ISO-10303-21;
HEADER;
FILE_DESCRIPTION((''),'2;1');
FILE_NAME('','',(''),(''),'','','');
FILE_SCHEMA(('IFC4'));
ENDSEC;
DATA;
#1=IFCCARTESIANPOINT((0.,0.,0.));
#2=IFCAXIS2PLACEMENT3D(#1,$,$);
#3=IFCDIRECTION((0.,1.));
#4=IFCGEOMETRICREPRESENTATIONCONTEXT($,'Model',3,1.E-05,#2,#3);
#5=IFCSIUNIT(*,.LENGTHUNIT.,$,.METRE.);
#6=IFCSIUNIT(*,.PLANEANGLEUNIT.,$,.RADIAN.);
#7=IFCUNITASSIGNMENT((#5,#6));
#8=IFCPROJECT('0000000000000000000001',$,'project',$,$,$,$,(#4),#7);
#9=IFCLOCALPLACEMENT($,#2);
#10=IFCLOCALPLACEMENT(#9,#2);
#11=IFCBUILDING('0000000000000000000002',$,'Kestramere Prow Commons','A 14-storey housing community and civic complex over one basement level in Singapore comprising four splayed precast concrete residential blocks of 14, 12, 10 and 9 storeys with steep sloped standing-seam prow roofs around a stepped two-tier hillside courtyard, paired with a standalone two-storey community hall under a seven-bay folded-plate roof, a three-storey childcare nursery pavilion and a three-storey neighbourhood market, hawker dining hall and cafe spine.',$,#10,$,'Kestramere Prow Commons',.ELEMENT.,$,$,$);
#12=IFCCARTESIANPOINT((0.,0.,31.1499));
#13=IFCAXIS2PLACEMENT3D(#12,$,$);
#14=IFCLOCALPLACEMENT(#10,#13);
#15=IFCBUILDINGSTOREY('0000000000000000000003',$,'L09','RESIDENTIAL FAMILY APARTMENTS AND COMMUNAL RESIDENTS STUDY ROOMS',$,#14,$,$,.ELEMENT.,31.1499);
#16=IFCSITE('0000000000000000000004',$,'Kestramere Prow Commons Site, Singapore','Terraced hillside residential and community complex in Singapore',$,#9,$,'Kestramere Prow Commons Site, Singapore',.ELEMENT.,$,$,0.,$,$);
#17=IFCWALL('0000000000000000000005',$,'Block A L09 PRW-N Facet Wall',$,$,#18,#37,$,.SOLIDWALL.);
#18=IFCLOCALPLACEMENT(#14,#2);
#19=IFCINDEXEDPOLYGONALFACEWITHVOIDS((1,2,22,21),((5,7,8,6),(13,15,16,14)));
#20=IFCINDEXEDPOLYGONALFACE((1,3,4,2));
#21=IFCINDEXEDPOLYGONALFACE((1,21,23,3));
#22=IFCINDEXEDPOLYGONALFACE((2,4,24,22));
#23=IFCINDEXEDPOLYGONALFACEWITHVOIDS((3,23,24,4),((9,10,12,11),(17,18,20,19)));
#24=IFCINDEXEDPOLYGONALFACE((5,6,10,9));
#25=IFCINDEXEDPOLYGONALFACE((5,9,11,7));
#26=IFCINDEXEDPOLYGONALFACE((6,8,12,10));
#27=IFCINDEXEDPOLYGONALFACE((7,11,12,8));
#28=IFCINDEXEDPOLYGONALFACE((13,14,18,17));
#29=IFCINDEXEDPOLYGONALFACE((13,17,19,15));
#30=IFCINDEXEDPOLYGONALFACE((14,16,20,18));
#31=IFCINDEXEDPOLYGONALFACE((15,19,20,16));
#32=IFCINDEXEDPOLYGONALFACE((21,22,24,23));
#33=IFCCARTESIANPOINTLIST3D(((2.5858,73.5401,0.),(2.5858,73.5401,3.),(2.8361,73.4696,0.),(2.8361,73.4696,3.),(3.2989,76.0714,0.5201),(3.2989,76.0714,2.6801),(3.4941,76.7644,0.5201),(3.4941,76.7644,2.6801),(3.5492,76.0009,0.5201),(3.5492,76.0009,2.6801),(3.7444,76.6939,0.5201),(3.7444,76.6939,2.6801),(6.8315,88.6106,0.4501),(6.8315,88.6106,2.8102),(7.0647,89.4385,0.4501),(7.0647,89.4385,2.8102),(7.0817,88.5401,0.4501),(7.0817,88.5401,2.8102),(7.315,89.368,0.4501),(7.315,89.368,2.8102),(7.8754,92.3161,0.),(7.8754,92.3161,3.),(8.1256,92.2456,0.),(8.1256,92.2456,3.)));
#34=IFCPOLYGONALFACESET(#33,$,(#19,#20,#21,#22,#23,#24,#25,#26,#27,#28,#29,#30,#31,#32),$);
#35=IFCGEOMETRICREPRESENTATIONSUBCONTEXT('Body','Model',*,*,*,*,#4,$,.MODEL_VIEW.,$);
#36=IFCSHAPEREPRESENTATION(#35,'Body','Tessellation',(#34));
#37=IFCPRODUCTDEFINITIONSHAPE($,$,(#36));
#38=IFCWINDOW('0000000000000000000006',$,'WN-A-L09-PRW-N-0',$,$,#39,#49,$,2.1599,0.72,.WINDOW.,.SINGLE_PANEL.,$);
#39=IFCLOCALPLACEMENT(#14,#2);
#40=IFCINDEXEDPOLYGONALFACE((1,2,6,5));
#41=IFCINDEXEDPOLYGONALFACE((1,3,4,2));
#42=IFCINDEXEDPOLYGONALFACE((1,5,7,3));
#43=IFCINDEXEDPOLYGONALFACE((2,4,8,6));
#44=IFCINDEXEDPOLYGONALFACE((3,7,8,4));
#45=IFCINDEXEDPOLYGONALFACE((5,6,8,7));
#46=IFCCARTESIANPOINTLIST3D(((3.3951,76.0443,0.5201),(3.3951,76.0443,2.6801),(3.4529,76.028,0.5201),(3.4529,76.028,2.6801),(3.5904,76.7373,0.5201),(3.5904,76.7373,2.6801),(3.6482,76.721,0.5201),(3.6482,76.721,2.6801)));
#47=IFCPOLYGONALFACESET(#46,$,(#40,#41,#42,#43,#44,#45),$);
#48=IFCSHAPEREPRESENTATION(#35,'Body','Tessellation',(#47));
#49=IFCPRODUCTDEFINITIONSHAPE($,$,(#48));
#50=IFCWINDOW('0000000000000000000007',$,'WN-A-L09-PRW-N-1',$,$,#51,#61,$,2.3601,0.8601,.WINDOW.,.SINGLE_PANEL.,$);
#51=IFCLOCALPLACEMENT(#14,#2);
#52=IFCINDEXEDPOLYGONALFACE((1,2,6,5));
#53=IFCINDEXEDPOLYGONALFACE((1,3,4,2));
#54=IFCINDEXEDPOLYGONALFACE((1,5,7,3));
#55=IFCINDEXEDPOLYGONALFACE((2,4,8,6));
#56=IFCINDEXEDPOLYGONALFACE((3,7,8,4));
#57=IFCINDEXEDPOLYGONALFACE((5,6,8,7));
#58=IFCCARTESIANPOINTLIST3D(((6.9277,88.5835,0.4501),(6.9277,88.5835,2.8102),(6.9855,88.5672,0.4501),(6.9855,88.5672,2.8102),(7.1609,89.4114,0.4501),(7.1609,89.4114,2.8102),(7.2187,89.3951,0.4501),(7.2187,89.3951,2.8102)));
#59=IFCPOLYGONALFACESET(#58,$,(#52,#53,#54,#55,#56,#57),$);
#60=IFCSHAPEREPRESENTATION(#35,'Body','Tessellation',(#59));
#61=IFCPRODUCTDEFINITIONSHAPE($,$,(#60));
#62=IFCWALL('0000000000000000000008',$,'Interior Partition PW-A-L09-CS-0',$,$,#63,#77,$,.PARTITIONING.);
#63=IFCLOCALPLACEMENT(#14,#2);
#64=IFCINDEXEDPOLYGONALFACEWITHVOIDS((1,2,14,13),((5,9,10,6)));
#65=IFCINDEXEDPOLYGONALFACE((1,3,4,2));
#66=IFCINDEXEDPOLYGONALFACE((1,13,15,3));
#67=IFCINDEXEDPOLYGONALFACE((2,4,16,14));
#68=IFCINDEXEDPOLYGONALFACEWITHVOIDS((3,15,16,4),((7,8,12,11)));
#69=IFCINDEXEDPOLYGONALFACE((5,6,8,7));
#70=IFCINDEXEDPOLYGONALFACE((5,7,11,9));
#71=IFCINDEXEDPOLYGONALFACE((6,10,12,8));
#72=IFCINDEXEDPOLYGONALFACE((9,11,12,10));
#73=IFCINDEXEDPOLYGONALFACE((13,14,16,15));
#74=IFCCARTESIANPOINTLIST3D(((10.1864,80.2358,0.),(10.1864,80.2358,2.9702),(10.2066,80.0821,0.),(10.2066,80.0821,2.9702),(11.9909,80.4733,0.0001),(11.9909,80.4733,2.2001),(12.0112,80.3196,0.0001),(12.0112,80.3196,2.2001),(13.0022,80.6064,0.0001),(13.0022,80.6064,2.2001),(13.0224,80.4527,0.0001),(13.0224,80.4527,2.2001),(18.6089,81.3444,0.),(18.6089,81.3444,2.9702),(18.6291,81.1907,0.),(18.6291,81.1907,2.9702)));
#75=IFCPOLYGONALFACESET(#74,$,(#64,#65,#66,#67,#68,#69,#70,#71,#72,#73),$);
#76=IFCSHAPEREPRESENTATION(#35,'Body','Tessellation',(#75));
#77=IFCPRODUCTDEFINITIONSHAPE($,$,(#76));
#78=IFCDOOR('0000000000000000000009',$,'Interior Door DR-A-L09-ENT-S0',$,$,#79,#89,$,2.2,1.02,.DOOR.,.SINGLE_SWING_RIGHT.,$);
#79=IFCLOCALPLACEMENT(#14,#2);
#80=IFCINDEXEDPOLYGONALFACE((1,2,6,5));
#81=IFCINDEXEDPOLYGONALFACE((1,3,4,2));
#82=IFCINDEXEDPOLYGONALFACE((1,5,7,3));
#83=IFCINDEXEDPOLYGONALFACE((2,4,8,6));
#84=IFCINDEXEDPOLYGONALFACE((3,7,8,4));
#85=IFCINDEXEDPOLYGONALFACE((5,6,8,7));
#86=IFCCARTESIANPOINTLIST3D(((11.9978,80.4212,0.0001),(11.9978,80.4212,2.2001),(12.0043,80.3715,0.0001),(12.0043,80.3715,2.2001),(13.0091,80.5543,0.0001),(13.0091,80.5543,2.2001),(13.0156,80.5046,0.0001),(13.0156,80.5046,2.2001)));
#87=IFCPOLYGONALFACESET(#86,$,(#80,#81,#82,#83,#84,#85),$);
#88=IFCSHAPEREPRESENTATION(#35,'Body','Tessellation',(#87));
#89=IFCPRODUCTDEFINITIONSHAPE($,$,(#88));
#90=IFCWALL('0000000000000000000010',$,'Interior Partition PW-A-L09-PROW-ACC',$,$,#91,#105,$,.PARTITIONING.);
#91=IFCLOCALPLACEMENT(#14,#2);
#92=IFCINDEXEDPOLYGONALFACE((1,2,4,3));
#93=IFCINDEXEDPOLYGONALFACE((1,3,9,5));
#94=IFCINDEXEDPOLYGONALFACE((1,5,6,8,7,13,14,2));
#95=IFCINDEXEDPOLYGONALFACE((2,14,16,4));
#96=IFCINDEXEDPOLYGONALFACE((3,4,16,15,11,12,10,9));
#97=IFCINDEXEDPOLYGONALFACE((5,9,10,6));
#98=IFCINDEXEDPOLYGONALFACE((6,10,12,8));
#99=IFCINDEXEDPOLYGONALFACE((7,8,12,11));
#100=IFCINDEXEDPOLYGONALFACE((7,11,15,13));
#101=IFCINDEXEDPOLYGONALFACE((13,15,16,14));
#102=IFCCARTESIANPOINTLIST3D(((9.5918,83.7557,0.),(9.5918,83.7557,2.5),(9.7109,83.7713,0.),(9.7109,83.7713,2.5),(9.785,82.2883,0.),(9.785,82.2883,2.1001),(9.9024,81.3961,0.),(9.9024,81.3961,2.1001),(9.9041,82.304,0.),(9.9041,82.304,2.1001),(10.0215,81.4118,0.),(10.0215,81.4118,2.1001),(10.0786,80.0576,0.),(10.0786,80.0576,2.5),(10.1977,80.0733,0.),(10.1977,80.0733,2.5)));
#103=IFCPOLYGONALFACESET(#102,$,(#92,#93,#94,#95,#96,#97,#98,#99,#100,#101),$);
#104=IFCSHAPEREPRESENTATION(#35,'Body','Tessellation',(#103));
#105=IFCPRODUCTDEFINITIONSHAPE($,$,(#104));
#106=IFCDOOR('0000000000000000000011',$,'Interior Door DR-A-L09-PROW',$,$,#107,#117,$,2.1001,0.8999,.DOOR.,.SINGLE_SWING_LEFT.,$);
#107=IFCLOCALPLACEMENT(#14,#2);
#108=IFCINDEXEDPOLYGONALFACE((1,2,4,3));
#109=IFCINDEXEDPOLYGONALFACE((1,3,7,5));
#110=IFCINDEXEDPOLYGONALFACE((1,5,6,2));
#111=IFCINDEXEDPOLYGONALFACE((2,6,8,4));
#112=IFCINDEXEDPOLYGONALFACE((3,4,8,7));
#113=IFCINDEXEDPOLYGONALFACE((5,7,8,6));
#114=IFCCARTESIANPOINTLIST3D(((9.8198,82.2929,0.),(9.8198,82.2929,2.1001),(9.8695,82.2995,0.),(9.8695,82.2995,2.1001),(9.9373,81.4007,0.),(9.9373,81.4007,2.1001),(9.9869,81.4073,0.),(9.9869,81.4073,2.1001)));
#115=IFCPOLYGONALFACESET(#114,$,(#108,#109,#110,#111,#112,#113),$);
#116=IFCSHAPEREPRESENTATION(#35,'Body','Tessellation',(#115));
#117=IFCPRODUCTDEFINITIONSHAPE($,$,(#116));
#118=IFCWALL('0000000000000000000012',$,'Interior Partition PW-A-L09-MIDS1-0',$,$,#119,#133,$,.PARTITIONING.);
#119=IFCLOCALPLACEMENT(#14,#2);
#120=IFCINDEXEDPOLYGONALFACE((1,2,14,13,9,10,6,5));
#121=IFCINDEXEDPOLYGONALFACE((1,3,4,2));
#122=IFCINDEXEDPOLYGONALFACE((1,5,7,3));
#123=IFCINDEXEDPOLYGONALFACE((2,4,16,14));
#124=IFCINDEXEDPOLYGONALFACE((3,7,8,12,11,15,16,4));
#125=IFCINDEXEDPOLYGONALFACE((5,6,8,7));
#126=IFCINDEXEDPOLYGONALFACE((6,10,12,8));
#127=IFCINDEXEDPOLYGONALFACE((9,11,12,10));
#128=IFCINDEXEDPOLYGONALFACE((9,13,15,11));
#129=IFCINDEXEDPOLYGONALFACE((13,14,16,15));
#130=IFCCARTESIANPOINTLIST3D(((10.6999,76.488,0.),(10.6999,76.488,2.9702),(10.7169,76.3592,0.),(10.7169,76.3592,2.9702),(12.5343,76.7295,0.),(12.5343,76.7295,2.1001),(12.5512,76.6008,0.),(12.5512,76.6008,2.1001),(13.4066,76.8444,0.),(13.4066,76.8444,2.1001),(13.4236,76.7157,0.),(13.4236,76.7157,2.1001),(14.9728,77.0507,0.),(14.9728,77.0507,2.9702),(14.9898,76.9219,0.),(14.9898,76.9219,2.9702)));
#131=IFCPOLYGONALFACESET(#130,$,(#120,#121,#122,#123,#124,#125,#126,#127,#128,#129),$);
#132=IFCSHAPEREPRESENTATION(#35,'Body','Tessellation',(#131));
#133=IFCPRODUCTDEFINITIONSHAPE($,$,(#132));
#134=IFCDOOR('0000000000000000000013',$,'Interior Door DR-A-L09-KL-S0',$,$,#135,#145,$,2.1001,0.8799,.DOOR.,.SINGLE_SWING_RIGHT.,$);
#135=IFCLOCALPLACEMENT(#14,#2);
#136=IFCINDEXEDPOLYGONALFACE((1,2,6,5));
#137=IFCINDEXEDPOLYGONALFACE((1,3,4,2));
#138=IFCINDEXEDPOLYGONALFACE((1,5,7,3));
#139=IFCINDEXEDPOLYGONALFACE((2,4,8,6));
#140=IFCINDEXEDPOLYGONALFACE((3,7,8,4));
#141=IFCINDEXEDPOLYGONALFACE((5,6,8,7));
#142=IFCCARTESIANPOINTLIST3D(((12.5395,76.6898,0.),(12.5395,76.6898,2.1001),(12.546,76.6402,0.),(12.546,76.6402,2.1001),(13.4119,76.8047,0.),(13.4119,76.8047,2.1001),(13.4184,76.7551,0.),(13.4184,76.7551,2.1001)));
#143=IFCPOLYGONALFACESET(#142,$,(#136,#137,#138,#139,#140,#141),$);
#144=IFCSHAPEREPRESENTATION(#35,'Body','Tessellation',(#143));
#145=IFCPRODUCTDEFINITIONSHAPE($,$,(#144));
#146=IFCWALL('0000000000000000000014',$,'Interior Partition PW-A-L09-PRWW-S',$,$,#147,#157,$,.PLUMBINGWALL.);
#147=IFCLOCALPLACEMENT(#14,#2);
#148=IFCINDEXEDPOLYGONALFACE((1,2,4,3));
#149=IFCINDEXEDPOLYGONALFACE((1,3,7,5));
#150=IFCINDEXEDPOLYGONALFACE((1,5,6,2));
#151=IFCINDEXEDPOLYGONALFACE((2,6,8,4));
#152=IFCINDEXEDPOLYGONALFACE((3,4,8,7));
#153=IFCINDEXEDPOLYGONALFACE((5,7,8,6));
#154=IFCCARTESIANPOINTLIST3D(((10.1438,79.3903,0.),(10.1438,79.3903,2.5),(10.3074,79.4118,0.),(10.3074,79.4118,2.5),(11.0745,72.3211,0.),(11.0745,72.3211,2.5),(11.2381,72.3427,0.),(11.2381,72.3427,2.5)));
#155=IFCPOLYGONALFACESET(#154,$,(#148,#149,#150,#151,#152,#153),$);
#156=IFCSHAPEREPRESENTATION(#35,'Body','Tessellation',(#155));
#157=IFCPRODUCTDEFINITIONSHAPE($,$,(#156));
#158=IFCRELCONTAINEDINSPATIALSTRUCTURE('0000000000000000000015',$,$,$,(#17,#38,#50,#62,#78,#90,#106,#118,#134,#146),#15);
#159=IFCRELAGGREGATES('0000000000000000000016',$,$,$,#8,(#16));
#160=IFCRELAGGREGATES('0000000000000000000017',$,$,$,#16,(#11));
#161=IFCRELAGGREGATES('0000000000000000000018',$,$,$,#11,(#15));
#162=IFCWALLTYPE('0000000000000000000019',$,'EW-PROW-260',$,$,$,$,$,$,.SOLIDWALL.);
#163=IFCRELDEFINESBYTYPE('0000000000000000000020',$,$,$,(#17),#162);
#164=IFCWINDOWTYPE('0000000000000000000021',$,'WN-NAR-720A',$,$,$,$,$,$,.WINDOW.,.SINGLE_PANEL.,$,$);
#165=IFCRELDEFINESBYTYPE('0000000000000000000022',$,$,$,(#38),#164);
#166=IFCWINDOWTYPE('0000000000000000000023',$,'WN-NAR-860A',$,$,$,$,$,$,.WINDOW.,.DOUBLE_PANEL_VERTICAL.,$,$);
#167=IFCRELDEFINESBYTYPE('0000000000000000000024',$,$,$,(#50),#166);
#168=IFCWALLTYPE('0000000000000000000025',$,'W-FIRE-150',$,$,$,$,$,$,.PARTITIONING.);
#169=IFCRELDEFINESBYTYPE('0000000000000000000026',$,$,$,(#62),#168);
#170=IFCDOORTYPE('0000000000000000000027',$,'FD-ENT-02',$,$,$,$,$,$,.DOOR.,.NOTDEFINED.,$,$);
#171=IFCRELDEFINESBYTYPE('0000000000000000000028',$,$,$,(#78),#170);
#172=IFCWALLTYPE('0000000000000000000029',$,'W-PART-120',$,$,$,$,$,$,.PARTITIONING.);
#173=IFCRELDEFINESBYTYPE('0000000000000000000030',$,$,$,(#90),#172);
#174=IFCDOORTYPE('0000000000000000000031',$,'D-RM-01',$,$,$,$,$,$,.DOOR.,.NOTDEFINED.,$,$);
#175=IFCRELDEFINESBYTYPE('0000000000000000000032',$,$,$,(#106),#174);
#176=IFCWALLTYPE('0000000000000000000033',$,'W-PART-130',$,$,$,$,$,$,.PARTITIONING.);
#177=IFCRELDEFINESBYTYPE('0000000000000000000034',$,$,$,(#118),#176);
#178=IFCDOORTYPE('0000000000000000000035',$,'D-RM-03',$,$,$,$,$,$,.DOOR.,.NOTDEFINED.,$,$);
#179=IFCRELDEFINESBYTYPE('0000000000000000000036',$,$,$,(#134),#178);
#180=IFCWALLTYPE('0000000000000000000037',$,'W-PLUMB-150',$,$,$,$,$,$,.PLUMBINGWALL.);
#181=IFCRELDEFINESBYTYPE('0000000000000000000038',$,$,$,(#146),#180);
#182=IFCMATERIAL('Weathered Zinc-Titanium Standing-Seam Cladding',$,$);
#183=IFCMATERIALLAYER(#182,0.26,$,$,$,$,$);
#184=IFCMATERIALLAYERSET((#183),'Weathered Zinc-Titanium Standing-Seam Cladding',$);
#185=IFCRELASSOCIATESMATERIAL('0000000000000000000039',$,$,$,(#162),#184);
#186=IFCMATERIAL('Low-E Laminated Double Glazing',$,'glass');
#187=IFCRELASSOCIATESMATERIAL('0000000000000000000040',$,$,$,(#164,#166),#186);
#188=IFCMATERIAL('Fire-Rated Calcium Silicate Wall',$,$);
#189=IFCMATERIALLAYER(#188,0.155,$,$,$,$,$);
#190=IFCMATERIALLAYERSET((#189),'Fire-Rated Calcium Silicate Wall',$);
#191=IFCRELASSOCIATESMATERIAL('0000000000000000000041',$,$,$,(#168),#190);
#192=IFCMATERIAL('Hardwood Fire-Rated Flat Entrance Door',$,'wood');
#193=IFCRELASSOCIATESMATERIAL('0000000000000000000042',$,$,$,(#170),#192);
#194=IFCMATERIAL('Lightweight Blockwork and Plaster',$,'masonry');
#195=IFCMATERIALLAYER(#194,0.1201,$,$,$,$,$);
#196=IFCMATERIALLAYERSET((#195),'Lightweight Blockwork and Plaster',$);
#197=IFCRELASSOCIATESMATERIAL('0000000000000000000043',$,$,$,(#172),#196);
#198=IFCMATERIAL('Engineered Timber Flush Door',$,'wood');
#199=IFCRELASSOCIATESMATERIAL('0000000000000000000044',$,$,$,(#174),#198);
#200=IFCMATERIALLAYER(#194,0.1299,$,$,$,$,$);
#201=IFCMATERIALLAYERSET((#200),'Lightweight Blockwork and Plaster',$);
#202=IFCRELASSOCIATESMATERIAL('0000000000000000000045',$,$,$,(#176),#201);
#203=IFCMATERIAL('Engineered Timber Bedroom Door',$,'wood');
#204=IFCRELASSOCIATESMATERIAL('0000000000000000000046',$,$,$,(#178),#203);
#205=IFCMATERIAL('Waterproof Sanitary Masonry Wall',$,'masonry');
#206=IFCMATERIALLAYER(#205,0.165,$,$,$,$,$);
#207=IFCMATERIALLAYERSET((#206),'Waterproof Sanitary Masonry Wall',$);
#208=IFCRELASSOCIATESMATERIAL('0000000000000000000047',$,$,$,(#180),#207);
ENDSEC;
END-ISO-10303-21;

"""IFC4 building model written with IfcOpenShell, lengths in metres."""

from ifc_helpers import new_model, si_unit, direction, frame, frame_2d, origin, place, context, subcontext, project, spatial, rectangle, extrude, material, layer, layer_set, type_object, element, fill, save


model = new_model("IFC4")

# Units and contexts
model_context = context("Model", 3, precision=1e-05, world=origin(), true_north=direction((0.0, 1.0)))
body_context = subcontext(model_context, "Body", "Model", "MODEL_VIEW")
ifc_project = project(units=[si_unit("LENGTHUNIT", "METRE"), si_unit("PLANEANGLEUNIT", "RADIAN")], contexts=[model_context])

# Site, building, storey
site_placement = place(None, origin())
site = spatial("IfcSite", under=ifc_project, at=site_placement, Name="Kestramere Prow Commons Site, Singapore", Description="Terraced hillside residential and community complex in Singapore", LongName="Kestramere Prow Commons Site, Singapore", CompositionType="ELEMENT", RefElevation=0.0)
building_placement = place(site_placement, origin())
building = spatial("IfcBuilding", under=site, at=building_placement, Name="Kestramere Prow Commons", Description="A 14-storey housing community and civic complex over one basement level in Singapore comprising four splayed precast concrete residential blocks of 14, 12, 10 and 9 storeys with steep sloped standing-seam prow roofs around a stepped two-tier hillside courtyard, paired with a standalone two-storey community hall under a seven-bay folded-plate roof, a three-storey childcare nursery pavilion and a three-storey neighbourhood market, hawker dining hall and cafe spine.", LongName="Kestramere Prow Commons", CompositionType="ELEMENT")
storey_placement = place(building_placement, frame((0.0, 0.0, 31.1499)))
storey = spatial("IfcBuildingStorey", under=building, at=storey_placement, Name="L09", Description="RESIDENTIAL FAMILY APARTMENTS AND COMMUNAL RESIDENTS STUDY ROOMS", CompositionType="ELEMENT", Elevation=31.1499)

# Wall, openings, windows
ifc_material_1 = material(Name="Weathered Zinc-Titanium Standing-Seam Cladding")
ifc_layer_1 = layer(ifc_material_1, 0.26)
ifc_layer_set_1 = layer_set([ifc_layer_1], Name="Weathered Zinc-Titanium Standing-Seam Cladding")
wall_type_1 = type_object("IfcWallType", Name="EW-PROW-260", PredefinedType="SOLIDWALL", material=ifc_layer_set_1)
ifc_material_2 = material(Name="Low-E Laminated Double Glazing", Category="glass")
window_type_1 = type_object("IfcWindowType", Name="WN-NAR-720A", PartitioningType="SINGLE_PANEL", PredefinedType="WINDOW", material=ifc_material_2)
window_type_2 = type_object("IfcWindowType", Name="WN-NAR-860A", PartitioningType="DOUBLE_PANEL_VERTICAL", PredefinedType="WINDOW", material=ifc_material_2)
wall_1_placement = place(storey_placement, frame((2.7109, 73.5049, 0.0), z_axis=(0.0, 0.0, 1.0), x_axis=(0.271165, 0.962533, 0.0)))
wall_1 = element("IfcWall", 1, at=wall_1_placement, inside=storey, type_object=wall_type_1, Name="Block A L09 PRW-N Facet Wall", PredefinedType="SOLIDWALL", context=body_context, shape_type="SweptSolid", body=[
    extrude(rectangle(XDim=19.5068, YDim=0.26, at=frame_2d((9.7534, 0.0))), origin(), (0.0, 0.0, 1.0), 3.0),
])
opening_1_placement = place(wall_1_placement, frame((2.6299, 0.0, 0.52)))
opening_1 = element("IfcOpeningElement", 2, at=opening_1_placement, cuts=wall_1, PredefinedType="OPENING", context=body_context, shape_type="SweptSolid", body=[
    extrude(rectangle(XDim=0.72, YDim=2.1599, at=frame_2d((0.3599, 1.0801))), frame((0.0, 0.145, 0.0), z_axis=(0.0, -1.0, 0.0), x_axis=(1.0, 0.0, 0.0)), (0.0, 0.0, 1.0), 0.29),
])
opening_2_placement = place(wall_1_placement, frame((15.657, 0.0, 0.45)))
opening_2 = element("IfcOpeningElement", 3, at=opening_2_placement, cuts=wall_1, PredefinedType="OPENING", context=body_context, shape_type="SweptSolid", body=[
    extrude(rectangle(XDim=0.8601, YDim=2.3601, at=frame_2d((0.4302, 1.1802))), frame((0.0, 0.145, 0.0), z_axis=(0.0, -1.0, 0.0), x_axis=(1.0, 0.0, 0.0)), (0.0, 0.0, 1.0), 0.29),
])
window_1_placement = place(opening_1_placement, origin())
window_1 = element("IfcWindow", 4, at=window_1_placement, inside=storey, type_object=window_type_1, Name="WN-A-L09-PRW-N-0", OverallHeight=2.1599, OverallWidth=0.72, PartitioningType="SINGLE_PANEL", PredefinedType="WINDOW", context=body_context, shape_type="SweptSolid", body=[
    extrude(rectangle(XDim=0.72, YDim=2.1599, at=frame_2d((0.3599, 1.0801))), frame((0.0, 0.03, 0.0), z_axis=(0.0, -1.0, 0.0), x_axis=(1.0, 0.0, 0.0)), (0.0, 0.0, 1.0), 0.0601),
])
fill(opening_1, window_1)
window_2_placement = place(opening_2_placement, origin())
window_2 = element("IfcWindow", 5, at=window_2_placement, inside=storey, type_object=window_type_2, Name="WN-A-L09-PRW-N-1", OverallHeight=2.3601, OverallWidth=0.8601, PartitioningType="SINGLE_PANEL", PredefinedType="WINDOW", context=body_context, shape_type="SweptSolid", body=[
    extrude(rectangle(XDim=0.8601, YDim=2.3601, at=frame_2d((0.4302, 1.1802))), frame((0.0, 0.03, 0.0), z_axis=(0.0, -1.0, 0.0), x_axis=(1.0, 0.0, 0.0)), (0.0, 0.0, 1.0), 0.0601),
])
fill(opening_2, window_2)

# Walls, openings, doors
ifc_material_3 = material(Name="Fire-Rated Calcium Silicate Wall")
ifc_layer_2 = layer(ifc_material_3, 0.155)
ifc_layer_set_2 = layer_set([ifc_layer_2], Name="Fire-Rated Calcium Silicate Wall")
wall_type_2 = type_object("IfcWallType", Name="W-FIRE-150", PredefinedType="PARTITIONING", material=ifc_layer_set_2)
wall_2_placement = place(storey_placement, frame((10.1965, 80.1589, 0.0), z_axis=(0.0, 0.0, 1.0), x_axis=(0.991448, 0.130505, 0.0)))
wall_2 = element("IfcWall", 6, at=wall_2_placement, inside=storey, type_object=wall_type_2, Name="Interior Partition PW-A-L09-CS-0", PredefinedType="PARTITIONING", context=body_context, shape_type="SweptSolid", body=[
    extrude(rectangle(XDim=8.4951, YDim=0.155, at=frame_2d((4.2476, 0.0))), origin(), (0.0, 0.0, 1.0), 2.9702),
])
opening_3_placement = place(wall_2_placement, frame((1.8201, 0.0, 0.0)))
opening_3 = element("IfcOpeningElement", 7, at=opening_3_placement, cuts=wall_2, PredefinedType="OPENING", context=body_context, shape_type="SweptSolid", body=[
    extrude(rectangle(XDim=1.02, YDim=2.2, at=frame_2d((0.51, 1.1001))), frame((0.0, 0.0925, 0.0), z_axis=(0.0, -1.0, 0.0), x_axis=(1.0, 0.0, 0.0)), (0.0, 0.0, 1.0), 0.1851),
])
ifc_material_4 = material(Name="Hardwood Fire-Rated Flat Entrance Door", Category="wood")
door_type_1 = type_object("IfcDoorType", Name="FD-ENT-02", OperationType="NOTDEFINED", PredefinedType="DOOR", material=ifc_material_4)
door_1_placement = place(opening_3_placement, origin())
door_1 = element("IfcDoor", 8, at=door_1_placement, inside=storey, type_object=door_type_1, Name="Interior Door DR-A-L09-ENT-S0", OperationType="SINGLE_SWING_RIGHT", OverallHeight=2.2, OverallWidth=1.02, PredefinedType="DOOR", context=body_context, shape_type="SweptSolid", body=[
    extrude(rectangle(XDim=1.02, YDim=2.2, at=frame_2d((0.51, 1.1001))), frame((0.0, 0.0249, 0.0), z_axis=(0.0, -1.0, 0.0), x_axis=(1.0, 0.0, 0.0)), (0.0, 0.0, 1.0), 0.05),
])
fill(opening_3, door_1)
ifc_material_5 = material(Name="Lightweight Blockwork and Plaster", Category="masonry")
ifc_layer_3 = layer(ifc_material_5, 0.1201)
ifc_layer_set_3 = layer_set([ifc_layer_3], Name="Lightweight Blockwork and Plaster")
wall_type_3 = type_object("IfcWallType", Name="W-PART-120", PredefinedType="PARTITIONING", material=ifc_layer_set_3)
wall_3_placement = place(storey_placement, frame((10.1382, 80.0654, 0.0), z_axis=(0.0, 0.0, 1.0), x_axis=(-0.130517, 0.991446, 0.0)))
wall_3 = element("IfcWall", 9, at=wall_3_placement, inside=storey, type_object=wall_type_3, Name="Interior Partition PW-A-L09-PROW-ACC", PredefinedType="PARTITIONING", context=body_context, shape_type="SweptSolid", body=[
    extrude(rectangle(XDim=3.73, YDim=0.1201, at=frame_2d((1.865, 0.0))), origin(), (0.0, 0.0, 1.0), 2.5),
])
opening_4_placement = place(wall_3_placement, frame((1.3501, 0.0, 0.0)))
opening_4 = element("IfcOpeningElement", 10, at=opening_4_placement, cuts=wall_3, PredefinedType="OPENING", context=body_context, shape_type="SweptSolid", body=[
    extrude(rectangle(XDim=0.8999, YDim=2.1001, at=frame_2d((0.45, 1.05))), frame((0.0, 0.075, 0.0), z_axis=(0.0, -1.0, 0.0), x_axis=(1.0, 0.0, 0.0)), (0.0, 0.0, 1.0), 0.1501),
])
ifc_material_6 = material(Name="Engineered Timber Flush Door", Category="wood")
door_type_2 = type_object("IfcDoorType", Name="D-RM-01", OperationType="NOTDEFINED", PredefinedType="DOOR", material=ifc_material_6)
door_2_placement = place(opening_4_placement, origin())
door_2 = element("IfcDoor", 11, at=door_2_placement, inside=storey, type_object=door_type_2, Name="Interior Door DR-A-L09-PROW", OperationType="SINGLE_SWING_LEFT", OverallHeight=2.1001, OverallWidth=0.8999, PredefinedType="DOOR", context=body_context, shape_type="SweptSolid", body=[
    extrude(rectangle(XDim=0.8999, YDim=2.1001, at=frame_2d((0.45, 1.05))), frame((0.0, 0.0249, 0.0), z_axis=(0.0, -1.0, 0.0), x_axis=(1.0, 0.0, 0.0)), (0.0, 0.0, 1.0), 0.05),
])
fill(opening_4, door_2)
ifc_layer_4 = layer(ifc_material_5, 0.1299)
ifc_layer_set_4 = layer_set([ifc_layer_4], Name="Lightweight Blockwork and Plaster")
wall_type_4 = type_object("IfcWallType", Name="W-PART-130", PredefinedType="PARTITIONING", material=ifc_layer_set_4)
wall_4_placement = place(storey_placement, frame((10.7085, 76.4236, 0.0), z_axis=(0.0, 0.0, 1.0), x_axis=(0.991439, 0.130572, 0.0)))
wall_4 = element("IfcWall", 12, at=wall_4_placement, inside=storey, type_object=wall_type_4, Name="Interior Partition PW-A-L09-MIDS1-0", PredefinedType="PARTITIONING", context=body_context, shape_type="SweptSolid", body=[
    extrude(rectangle(XDim=4.3098, YDim=0.1299, at=frame_2d((2.1548, 0.0))), origin(), (0.0, 0.0, 1.0), 2.9702),
])
opening_5_placement = place(wall_4_placement, frame((1.8501, 0.0, 0.0)))
opening_5 = element("IfcOpeningElement", 13, at=opening_5_placement, cuts=wall_4, PredefinedType="OPENING", context=body_context, shape_type="SweptSolid", body=[
    extrude(rectangle(XDim=0.8799, YDim=2.1001, at=frame_2d((0.4399, 1.05))), frame((0.0, 0.0798, 0.0), z_axis=(0.0, -1.0, 0.0), x_axis=(1.0, 0.0, 0.0)), (0.0, 0.0, 1.0), 0.1599),
])
ifc_material_7 = material(Name="Engineered Timber Bedroom Door", Category="wood")
door_type_3 = type_object("IfcDoorType", Name="D-RM-03", OperationType="NOTDEFINED", PredefinedType="DOOR", material=ifc_material_7)
door_3_placement = place(opening_5_placement, origin())
door_3 = element("IfcDoor", 14, at=door_3_placement, inside=storey, type_object=door_type_3, Name="Interior Door DR-A-L09-KL-S0", OperationType="SINGLE_SWING_RIGHT", OverallHeight=2.1001, OverallWidth=0.8799, PredefinedType="DOOR", context=body_context, shape_type="SweptSolid", body=[
    extrude(rectangle(XDim=0.8799, YDim=2.1001, at=frame_2d((0.4399, 1.05))), frame((0.0, 0.0249, 0.0), z_axis=(0.0, -1.0, 0.0), x_axis=(1.0, 0.0, 0.0)), (0.0, 0.0, 1.0), 0.05),
])
fill(opening_5, door_3)

# Wall
ifc_material_8 = material(Name="Waterproof Sanitary Masonry Wall", Category="masonry")
ifc_layer_5 = layer(ifc_material_8, 0.165)
ifc_layer_set_5 = layer_set([ifc_layer_5], Name="Waterproof Sanitary Masonry Wall")
wall_type_5 = type_object("IfcWallType", Name="W-PLUMB-150", PredefinedType="PLUMBINGWALL", material=ifc_layer_set_5)
wall_5_placement = place(storey_placement, frame((11.1562, 72.332, 0.0), z_axis=(0.0, 0.0, 1.0), x_axis=(-0.130526, 0.991445, 0.0)))
element("IfcWall", 15, at=wall_5_placement, inside=storey, type_object=wall_type_5, Name="Interior Partition PW-A-L09-PRWW-S", PredefinedType="PLUMBINGWALL", context=body_context, shape_type="SweptSolid", body=[
    extrude(rectangle(XDim=7.1301, YDim=0.165, at=frame_2d((3.5649, 0.0))), origin(), (0.0, 0.0, 1.0), 2.5),
])

save(model, "model.ifc")
